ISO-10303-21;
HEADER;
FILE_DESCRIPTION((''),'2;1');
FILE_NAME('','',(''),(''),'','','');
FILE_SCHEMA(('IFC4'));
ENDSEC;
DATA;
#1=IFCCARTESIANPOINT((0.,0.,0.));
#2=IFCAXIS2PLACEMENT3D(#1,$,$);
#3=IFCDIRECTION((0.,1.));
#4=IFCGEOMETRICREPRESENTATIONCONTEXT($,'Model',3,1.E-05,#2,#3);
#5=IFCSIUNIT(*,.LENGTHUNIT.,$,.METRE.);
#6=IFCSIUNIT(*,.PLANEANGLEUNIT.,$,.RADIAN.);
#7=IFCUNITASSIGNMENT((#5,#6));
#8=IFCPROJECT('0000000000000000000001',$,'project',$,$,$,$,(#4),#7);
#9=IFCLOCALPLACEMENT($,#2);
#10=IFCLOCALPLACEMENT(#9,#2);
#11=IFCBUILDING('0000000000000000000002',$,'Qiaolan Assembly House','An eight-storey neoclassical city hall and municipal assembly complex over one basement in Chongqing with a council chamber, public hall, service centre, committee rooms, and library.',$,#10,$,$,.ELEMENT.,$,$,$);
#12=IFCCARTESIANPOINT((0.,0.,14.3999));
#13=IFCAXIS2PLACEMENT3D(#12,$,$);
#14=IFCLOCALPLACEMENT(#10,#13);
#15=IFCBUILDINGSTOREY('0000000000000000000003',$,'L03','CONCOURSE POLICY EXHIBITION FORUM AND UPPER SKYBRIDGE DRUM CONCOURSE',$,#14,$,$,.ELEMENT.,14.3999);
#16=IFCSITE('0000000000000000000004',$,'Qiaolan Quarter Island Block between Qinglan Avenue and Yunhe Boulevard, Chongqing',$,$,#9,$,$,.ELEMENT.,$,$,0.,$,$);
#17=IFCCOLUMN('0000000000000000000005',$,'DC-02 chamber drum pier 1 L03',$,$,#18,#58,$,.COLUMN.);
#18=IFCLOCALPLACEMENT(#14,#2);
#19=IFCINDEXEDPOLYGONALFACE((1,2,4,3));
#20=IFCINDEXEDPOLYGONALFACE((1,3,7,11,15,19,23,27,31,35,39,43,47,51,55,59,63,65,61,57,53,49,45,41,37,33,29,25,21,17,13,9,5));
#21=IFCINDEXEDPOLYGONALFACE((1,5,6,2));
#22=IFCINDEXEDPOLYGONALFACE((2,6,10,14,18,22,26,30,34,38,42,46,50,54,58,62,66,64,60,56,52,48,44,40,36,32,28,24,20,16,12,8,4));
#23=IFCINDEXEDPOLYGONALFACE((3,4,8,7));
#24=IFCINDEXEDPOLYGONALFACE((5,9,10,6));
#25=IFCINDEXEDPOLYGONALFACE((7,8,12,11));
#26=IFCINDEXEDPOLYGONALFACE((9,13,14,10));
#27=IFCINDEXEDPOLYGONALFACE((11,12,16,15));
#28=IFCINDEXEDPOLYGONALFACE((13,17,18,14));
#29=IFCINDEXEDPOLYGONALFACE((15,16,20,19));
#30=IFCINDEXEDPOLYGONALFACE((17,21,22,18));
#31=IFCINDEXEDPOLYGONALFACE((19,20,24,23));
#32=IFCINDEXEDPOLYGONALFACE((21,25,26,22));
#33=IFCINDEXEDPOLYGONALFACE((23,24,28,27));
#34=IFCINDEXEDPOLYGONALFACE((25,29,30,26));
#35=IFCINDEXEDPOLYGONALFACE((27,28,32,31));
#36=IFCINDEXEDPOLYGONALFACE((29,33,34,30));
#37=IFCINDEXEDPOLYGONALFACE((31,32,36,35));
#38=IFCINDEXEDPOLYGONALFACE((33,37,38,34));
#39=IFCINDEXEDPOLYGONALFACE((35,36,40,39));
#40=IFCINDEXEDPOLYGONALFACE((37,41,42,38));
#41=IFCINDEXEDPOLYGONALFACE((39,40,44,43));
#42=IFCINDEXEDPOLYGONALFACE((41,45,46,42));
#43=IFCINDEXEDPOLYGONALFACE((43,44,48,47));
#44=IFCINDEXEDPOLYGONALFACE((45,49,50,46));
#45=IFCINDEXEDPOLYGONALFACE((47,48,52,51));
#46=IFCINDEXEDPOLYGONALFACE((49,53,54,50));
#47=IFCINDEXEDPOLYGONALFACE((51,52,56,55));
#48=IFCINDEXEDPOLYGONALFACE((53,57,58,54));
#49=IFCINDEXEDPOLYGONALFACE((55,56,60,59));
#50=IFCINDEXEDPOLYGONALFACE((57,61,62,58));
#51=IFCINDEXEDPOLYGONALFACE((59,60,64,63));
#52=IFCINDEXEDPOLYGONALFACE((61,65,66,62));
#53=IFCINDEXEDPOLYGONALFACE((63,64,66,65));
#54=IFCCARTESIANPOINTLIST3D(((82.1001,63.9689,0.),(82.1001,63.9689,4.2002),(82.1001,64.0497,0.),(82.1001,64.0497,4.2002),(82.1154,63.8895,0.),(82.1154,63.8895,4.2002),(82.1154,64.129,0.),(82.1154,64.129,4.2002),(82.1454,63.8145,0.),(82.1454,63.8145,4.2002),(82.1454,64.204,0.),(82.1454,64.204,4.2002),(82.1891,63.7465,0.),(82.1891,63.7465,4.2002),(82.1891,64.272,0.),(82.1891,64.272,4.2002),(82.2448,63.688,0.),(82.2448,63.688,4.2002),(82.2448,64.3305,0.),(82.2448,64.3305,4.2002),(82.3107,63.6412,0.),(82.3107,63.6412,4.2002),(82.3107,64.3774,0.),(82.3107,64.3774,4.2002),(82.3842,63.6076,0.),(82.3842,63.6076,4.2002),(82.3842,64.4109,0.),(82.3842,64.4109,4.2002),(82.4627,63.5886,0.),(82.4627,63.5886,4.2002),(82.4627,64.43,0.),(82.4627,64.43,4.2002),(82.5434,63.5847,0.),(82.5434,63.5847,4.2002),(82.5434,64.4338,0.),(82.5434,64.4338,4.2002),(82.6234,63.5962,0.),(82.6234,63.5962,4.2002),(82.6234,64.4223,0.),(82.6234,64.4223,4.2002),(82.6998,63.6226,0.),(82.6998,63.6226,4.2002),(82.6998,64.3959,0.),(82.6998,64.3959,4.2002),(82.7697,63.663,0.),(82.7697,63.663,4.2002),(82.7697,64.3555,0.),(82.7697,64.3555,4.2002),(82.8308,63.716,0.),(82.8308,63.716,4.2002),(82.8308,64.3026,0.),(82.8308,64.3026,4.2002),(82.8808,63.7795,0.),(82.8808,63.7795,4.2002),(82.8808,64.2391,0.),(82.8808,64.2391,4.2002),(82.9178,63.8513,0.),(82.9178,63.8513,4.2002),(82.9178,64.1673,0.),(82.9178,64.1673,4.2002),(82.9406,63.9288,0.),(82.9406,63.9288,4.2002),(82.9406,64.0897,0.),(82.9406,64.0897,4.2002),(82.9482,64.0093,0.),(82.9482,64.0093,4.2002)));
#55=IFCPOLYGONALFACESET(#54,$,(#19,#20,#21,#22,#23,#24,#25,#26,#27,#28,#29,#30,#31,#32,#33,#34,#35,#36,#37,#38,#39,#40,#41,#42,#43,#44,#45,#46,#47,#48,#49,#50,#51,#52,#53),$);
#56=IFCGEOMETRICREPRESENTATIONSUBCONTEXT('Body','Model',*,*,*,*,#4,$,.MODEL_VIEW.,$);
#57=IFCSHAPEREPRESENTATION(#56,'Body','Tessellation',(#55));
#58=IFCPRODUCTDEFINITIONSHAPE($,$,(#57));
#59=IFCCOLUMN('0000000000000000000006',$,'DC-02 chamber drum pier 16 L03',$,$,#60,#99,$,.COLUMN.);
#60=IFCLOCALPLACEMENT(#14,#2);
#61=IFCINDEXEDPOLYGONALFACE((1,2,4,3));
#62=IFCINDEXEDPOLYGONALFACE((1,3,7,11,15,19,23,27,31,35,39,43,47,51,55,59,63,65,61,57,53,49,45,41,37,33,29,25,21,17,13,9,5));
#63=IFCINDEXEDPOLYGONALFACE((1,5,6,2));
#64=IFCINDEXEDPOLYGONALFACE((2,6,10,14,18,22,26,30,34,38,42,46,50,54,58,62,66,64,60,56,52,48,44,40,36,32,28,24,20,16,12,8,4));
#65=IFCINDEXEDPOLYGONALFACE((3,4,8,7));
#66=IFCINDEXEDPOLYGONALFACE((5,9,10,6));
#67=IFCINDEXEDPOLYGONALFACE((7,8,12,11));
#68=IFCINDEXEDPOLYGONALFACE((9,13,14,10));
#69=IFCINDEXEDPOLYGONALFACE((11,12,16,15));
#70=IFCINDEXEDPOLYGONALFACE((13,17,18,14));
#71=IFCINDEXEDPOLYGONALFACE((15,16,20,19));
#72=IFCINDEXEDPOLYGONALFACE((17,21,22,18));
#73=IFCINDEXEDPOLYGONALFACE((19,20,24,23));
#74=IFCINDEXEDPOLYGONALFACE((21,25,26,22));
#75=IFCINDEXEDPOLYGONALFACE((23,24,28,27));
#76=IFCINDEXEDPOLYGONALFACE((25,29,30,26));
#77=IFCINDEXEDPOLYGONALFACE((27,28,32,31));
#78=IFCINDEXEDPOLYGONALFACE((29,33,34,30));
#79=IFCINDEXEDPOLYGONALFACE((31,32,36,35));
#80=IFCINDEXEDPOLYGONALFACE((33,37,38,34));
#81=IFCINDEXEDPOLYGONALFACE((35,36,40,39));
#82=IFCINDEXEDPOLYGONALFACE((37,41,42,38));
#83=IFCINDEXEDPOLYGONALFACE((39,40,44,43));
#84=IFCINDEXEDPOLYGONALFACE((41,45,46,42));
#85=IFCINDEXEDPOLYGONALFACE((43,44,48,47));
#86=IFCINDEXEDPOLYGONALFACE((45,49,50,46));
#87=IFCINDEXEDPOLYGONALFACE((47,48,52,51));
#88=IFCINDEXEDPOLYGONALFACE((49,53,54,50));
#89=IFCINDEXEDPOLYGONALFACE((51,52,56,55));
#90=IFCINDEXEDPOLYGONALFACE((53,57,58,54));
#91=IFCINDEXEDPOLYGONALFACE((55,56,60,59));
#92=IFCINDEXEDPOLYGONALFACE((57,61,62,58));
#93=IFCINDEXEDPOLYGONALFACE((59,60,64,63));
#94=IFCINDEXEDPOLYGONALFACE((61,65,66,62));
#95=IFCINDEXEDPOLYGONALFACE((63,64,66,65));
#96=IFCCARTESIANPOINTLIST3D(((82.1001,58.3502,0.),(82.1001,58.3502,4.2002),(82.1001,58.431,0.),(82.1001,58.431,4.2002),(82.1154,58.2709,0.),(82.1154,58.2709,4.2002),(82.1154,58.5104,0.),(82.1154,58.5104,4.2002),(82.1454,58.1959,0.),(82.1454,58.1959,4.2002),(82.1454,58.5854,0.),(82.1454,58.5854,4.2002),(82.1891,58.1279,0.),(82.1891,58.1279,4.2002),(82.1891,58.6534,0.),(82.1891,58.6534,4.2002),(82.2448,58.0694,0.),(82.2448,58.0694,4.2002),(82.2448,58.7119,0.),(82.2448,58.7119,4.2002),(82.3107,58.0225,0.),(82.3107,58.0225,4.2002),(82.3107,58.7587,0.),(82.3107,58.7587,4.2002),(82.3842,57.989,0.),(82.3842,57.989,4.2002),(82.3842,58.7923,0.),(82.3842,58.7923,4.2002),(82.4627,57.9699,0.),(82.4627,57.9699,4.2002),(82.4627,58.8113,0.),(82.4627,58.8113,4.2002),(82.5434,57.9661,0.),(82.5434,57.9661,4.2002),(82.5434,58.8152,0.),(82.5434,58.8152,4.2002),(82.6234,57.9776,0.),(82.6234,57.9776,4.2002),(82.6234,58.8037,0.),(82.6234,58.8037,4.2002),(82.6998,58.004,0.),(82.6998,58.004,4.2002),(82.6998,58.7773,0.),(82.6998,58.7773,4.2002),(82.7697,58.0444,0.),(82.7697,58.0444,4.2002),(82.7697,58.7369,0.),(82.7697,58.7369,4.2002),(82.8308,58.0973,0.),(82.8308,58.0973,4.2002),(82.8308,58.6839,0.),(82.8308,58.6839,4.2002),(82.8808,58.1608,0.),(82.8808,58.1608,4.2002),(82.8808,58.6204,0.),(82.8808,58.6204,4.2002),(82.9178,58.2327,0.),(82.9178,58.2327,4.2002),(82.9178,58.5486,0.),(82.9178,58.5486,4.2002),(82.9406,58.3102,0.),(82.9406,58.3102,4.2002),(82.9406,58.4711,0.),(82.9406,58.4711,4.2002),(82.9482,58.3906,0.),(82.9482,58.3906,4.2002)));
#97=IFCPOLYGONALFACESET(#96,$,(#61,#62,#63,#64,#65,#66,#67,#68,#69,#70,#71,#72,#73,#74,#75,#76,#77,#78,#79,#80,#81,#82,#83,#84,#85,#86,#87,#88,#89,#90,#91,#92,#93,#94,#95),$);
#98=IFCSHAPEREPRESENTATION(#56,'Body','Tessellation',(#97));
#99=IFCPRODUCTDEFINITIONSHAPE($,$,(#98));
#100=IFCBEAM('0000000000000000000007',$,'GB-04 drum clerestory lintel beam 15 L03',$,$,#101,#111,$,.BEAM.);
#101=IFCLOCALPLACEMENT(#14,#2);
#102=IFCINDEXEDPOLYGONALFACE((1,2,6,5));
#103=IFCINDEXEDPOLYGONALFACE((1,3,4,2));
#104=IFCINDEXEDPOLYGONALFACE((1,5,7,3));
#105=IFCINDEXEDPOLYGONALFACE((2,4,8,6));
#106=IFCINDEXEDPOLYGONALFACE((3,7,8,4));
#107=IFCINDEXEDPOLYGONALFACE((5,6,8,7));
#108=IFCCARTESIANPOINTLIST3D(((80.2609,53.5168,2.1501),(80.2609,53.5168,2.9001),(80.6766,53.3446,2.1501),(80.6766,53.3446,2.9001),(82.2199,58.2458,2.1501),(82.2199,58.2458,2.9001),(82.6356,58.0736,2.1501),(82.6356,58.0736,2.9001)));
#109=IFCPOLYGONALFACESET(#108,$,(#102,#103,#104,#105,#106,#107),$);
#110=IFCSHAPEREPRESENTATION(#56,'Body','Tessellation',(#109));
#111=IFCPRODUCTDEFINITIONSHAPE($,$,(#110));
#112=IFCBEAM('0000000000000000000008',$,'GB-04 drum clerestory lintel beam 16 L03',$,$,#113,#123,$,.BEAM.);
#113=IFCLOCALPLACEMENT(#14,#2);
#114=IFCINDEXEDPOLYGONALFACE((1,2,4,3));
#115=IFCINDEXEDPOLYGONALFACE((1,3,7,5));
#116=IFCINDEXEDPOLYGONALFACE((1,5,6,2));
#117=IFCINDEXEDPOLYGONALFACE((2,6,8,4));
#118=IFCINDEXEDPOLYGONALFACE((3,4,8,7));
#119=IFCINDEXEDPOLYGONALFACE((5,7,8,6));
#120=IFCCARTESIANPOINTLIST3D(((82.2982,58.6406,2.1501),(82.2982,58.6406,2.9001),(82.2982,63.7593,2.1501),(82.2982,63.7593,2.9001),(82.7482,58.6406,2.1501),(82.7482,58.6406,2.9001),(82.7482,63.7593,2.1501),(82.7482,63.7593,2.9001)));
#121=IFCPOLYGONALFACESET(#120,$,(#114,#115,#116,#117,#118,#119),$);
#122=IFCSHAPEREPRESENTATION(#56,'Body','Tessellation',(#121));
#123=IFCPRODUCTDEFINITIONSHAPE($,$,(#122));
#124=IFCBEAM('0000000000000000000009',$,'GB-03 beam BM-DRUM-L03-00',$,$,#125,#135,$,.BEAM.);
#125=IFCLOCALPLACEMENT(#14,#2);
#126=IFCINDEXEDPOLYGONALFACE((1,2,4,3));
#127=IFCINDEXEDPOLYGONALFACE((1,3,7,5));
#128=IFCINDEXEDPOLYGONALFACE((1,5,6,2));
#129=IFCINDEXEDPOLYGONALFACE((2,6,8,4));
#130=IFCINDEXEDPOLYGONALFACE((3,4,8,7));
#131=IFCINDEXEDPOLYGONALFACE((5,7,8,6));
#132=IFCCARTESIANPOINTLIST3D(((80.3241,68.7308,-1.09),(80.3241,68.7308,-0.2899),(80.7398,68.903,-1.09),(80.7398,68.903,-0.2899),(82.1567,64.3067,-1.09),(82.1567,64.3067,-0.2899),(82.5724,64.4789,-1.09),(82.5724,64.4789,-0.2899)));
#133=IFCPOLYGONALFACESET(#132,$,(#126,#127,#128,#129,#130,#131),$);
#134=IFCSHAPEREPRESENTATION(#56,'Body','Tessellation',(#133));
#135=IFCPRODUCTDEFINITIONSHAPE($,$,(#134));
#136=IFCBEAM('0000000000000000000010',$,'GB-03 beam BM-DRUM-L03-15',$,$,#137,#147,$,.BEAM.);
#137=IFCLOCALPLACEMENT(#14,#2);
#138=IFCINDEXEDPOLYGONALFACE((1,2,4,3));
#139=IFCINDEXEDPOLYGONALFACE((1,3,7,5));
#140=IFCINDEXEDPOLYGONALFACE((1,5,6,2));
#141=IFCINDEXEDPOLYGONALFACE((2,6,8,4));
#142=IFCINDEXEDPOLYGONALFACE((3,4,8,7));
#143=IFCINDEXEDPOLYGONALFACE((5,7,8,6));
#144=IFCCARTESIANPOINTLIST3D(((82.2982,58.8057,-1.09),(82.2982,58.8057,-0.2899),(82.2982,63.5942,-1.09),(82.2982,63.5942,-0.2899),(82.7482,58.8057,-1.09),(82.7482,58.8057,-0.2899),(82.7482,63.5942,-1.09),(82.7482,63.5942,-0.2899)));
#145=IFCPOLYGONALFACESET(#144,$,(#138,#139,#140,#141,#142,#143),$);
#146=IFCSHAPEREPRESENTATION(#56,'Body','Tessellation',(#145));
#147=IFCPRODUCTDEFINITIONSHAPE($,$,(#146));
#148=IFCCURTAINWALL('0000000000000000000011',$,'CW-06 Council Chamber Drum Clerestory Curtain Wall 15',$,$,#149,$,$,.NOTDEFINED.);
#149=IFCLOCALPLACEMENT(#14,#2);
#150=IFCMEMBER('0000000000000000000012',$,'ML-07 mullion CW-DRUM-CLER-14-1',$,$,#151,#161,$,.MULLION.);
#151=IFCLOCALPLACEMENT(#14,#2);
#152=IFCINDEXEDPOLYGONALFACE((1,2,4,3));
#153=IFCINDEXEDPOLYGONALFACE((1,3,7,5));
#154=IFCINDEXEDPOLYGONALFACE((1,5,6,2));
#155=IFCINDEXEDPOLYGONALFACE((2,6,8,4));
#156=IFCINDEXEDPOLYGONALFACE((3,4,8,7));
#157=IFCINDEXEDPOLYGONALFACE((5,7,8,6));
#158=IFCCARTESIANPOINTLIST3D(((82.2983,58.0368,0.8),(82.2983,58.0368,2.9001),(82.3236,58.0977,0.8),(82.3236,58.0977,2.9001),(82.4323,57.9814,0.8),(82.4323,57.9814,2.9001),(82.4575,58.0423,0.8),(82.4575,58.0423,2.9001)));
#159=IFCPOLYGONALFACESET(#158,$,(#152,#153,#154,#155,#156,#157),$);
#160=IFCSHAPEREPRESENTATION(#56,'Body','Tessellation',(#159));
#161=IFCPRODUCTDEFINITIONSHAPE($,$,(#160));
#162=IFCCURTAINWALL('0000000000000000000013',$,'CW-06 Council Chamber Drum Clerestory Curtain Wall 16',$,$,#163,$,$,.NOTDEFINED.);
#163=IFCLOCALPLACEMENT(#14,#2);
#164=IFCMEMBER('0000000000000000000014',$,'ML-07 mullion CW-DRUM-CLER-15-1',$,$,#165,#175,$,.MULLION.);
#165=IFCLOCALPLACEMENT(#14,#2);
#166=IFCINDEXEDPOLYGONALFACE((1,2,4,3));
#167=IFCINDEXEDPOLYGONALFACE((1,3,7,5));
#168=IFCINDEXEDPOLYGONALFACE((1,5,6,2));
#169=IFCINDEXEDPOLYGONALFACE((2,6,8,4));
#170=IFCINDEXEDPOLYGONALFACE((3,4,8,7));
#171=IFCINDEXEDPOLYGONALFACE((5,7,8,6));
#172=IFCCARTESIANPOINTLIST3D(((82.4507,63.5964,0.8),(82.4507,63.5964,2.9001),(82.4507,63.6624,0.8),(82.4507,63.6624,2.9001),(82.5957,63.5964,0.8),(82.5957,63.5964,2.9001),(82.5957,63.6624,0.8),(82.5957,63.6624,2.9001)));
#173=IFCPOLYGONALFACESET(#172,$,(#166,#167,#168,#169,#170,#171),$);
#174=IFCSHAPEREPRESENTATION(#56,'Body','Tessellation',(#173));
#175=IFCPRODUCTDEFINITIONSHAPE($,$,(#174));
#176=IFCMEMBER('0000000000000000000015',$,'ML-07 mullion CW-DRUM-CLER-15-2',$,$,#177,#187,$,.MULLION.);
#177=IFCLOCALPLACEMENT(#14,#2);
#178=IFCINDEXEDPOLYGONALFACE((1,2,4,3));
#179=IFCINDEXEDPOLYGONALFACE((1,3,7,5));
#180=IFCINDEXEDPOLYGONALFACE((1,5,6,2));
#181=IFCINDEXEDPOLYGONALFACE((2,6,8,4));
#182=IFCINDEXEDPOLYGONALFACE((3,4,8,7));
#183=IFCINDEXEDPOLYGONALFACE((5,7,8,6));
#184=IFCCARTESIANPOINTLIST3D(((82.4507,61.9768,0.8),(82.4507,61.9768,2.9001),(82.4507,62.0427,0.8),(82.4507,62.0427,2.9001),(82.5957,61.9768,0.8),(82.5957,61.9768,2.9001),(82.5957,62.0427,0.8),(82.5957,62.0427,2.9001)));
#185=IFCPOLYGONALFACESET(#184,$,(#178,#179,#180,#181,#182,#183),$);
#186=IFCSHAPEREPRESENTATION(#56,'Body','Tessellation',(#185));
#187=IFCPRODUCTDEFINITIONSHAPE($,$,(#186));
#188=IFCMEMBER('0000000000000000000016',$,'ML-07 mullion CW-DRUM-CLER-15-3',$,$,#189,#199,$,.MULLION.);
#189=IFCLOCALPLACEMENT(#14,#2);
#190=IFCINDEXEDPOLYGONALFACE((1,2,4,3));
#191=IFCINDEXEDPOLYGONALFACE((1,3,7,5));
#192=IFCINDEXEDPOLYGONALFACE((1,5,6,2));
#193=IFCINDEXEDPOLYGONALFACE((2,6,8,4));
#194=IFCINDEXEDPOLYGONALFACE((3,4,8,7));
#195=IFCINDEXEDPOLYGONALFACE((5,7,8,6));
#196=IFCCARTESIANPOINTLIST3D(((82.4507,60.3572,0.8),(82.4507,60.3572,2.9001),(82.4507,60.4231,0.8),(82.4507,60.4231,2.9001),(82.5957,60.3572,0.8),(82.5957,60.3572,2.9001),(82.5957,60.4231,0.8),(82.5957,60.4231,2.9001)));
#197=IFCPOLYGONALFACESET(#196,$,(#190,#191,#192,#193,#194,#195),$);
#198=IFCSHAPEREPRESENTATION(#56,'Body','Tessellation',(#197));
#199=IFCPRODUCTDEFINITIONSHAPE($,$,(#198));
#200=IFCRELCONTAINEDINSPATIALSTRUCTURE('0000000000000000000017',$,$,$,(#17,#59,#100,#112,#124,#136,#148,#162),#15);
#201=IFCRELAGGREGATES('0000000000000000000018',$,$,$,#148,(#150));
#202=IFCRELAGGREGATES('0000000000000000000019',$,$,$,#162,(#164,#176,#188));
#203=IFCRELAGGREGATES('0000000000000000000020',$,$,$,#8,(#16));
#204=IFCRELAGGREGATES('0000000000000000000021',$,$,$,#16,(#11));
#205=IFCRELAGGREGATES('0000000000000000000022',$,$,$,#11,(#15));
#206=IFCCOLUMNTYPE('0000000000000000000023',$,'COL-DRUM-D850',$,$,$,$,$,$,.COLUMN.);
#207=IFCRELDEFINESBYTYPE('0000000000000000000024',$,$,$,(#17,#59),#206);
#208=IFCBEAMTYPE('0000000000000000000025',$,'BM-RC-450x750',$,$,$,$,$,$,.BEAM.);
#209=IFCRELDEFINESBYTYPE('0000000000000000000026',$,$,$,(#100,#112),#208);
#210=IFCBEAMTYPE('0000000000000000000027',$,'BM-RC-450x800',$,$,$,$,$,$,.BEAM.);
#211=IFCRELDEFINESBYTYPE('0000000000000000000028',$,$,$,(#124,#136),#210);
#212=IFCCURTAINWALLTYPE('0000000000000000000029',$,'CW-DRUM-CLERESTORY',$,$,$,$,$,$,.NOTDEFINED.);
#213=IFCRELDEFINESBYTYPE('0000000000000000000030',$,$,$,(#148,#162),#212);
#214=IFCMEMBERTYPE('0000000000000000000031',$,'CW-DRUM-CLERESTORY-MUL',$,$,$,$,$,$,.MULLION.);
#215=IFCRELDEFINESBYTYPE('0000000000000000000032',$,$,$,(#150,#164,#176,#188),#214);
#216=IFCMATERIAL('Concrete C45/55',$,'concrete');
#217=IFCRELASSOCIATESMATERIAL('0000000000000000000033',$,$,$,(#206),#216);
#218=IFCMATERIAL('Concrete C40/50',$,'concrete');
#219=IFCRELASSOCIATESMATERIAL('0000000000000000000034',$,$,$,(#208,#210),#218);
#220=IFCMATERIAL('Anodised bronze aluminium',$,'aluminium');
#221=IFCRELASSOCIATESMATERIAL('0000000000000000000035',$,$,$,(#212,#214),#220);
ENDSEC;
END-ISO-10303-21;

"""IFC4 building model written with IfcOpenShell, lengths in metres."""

from ifc_helpers import new_model, si_unit, direction, frame, origin, origin_2d, place, context, subcontext, project, spatial, rectangle, circle, extrude, material, material_profile, profile_set, type_object, element, aggregate, save


model = new_model("IFC4")

# Units and contexts
model_context = context("Model", 3, precision=1e-05, world=origin(), true_north=direction((0.0, 1.0)))
body_context = subcontext(model_context, "Body", "Model", "MODEL_VIEW")
ifc_project = project(units=[si_unit("LENGTHUNIT", "METRE"), si_unit("PLANEANGLEUNIT", "RADIAN")], contexts=[model_context])

# Site, building, storey
site_placement = place(None, origin())
site = spatial("IfcSite", under=ifc_project, at=site_placement, Name="Qiaolan Quarter Island Block between Qinglan Avenue and Yunhe Boulevard, Chongqing", CompositionType="ELEMENT", RefElevation=0.0)
building_placement = place(site_placement, origin())
building = spatial("IfcBuilding", under=site, at=building_placement, Name="Qiaolan Assembly House", Description="An eight-storey neoclassical city hall and municipal assembly complex over one basement in Chongqing with a council chamber, public hall, service centre, committee rooms, and library.", CompositionType="ELEMENT")
storey_placement = place(building_placement, frame((0.0, 0.0, 14.3999)))
storey = spatial("IfcBuildingStorey", under=building, at=storey_placement, Name="L03", Description="CONCOURSE POLICY EXHIBITION FORUM AND UPPER SKYBRIDGE DRUM CONCOURSE", CompositionType="ELEMENT", Elevation=14.3999)

# Columns
ifc_material_1 = material(Name="Concrete C45/55", Category="concrete")
ifc_material_profile_1 = material_profile(ifc_material_1, circle(Radius=0.425, at=origin_2d()), Name="CIRC D850")
ifc_profile_set_1 = profile_set([ifc_material_profile_1], Name="Concrete C45/55")
column_type = type_object("IfcColumnType", Name="COL-DRUM-D850", PredefinedType="COLUMN", material=ifc_profile_set_1)
for number, where, z_axis, x_axis, name in (
    (1, (82.5232, 64.0093, 0.0), (0.0, 0.0, 1.0), (1.0, 0.0, 0.0), "DC-02 chamber drum pier 1 L03"),
    (2, (82.5232, 58.3906, 0.0), (0.0, 0.0, 1.0), (1.0, 0.0, 0.0), "DC-02 chamber drum pier 16 L03"),
):
    element("IfcColumn", number, at=place(storey_placement, frame(where, z_axis=z_axis, x_axis=x_axis)), inside=storey, type_object=column_type, Name=name, PredefinedType="COLUMN", context=body_context, shape_type="SweptSolid", body=[
        extrude(circle(Radius=0.425, at=origin_2d()), origin(), (0.0, 0.0, 1.0), 4.2002),
    ])

# Beams
ifc_material_2 = material(Name="Concrete C40/50", Category="concrete")
ifc_material_profile_2 = material_profile(ifc_material_2, rectangle(XDim=0.45, YDim=0.75, at=origin_2d()), Name="RCB 450x750")
ifc_profile_set_2 = profile_set([ifc_material_profile_2], Name="Concrete C40/50")
beam_type_1 = type_object("IfcBeamType", Name="BM-RC-450x750", PredefinedType="BEAM", material=ifc_profile_set_2)
for number, where, z_axis, x_axis, name in (
    (3, (82.4277, 58.1597, 2.5251), (-0.382711, -0.923868, 0.0), (0.923868, -0.382711, 0.0), "GB-04 drum clerestory lintel beam 15 L03"),
    (4, (82.5232, 63.7593, 2.5251), (0.0, -1.0, 0.0), (1.0, 0.0, 0.0), "GB-04 drum clerestory lintel beam 16 L03"),
):
    element("IfcBeam", number, at=place(storey_placement, frame(where, z_axis=z_axis, x_axis=x_axis)), inside=storey, type_object=beam_type_1, Name=name, PredefinedType="BEAM", context=body_context, shape_type="SweptSolid", body=[
        extrude(rectangle(XDim=0.45, YDim=0.75, at=origin_2d()), origin(), (0.0, 0.0, 1.0), 5.1187),
    ])
ifc_material_profile_3 = material_profile(ifc_material_2, rectangle(XDim=0.45, YDim=0.8, at=origin_2d()), Name="RCB 450x800")
ifc_profile_set_3 = profile_set([ifc_material_profile_3], Name="Concrete C40/50")
beam_type_2 = type_object("IfcBeamType", Name="BM-RC-450x800", PredefinedType="BEAM", material=ifc_profile_set_3)
for number, where, z_axis, x_axis, name in (
    (5, (82.3645, 64.3928, -0.6899), (-0.382685, 0.923879, 0.0), (-0.923879, -0.382685, 0.0), "GB-03 beam BM-DRUM-L03-00"),
    (6, (82.5232, 58.8057, -0.6899), (0.0, 1.0, 0.0), (-1.0, 0.0, 0.0), "GB-03 beam BM-DRUM-L03-15"),
):
    element("IfcBeam", number, at=place(storey_placement, frame(where, z_axis=z_axis, x_axis=x_axis)), inside=storey, type_object=beam_type_2, Name=name, PredefinedType="BEAM", context=body_context, shape_type="SweptSolid", body=[
        extrude(rectangle(XDim=0.45, YDim=0.8, at=origin_2d()), origin(), (0.0, 0.0, 1.0), 4.7886),
    ])

# Curtain wall, member
ifc_material_3 = material(Name="Anodised bronze aluminium", Category="aluminium")
curtain_wall_type = type_object("IfcCurtainWallType", Name="CW-DRUM-CLERESTORY", PredefinedType="NOTDEFINED", material=ifc_material_3)
curtain_wall_1_placement = place(storey_placement, origin())
curtain_wall_1 = element("IfcCurtainWall", 7, at=curtain_wall_1_placement, inside=storey, type_object=curtain_wall_type, Name="CW-06 Council Chamber Drum Clerestory Curtain Wall 15", PredefinedType="NOTDEFINED")
ifc_material_profile_4 = material_profile(ifc_material_3, rectangle(XDim=0.0659, YDim=0.145, at=origin_2d()), Name="MUL 66x145")
ifc_profile_set_4 = profile_set([ifc_material_profile_4], Name="Anodised bronze aluminium")
member_type_1 = type_object("IfcMemberType", Name="CW-DRUM-CLERESTORY-MUL", PredefinedType="MULLION", material=ifc_profile_set_4)
member_1_placement = place(storey_placement, frame((82.3779, 58.0396, 0.8), z_axis=(0.0, 0.0, 1.0), x_axis=(-0.382683, -0.92388, 0.0)))
member_1 = element("IfcMember", 8, at=member_1_placement, type_object=member_type_1, Name="ML-07 mullion CW-DRUM-CLER-14-1", PredefinedType="MULLION", context=body_context, shape_type="SweptSolid", body=[
    extrude(rectangle(XDim=0.0659, YDim=0.145, at=origin_2d()), origin(), (0.0, 0.0, 1.0), 2.1001),
])

# Curtain wall, members
curtain_wall_2_placement = place(storey_placement, origin())
curtain_wall_2 = element("IfcCurtainWall", 9, at=curtain_wall_2_placement, inside=storey, type_object=curtain_wall_type, Name="CW-06 Council Chamber Drum Clerestory Curtain Wall 16", PredefinedType="NOTDEFINED")
member_2_placement = place(storey_placement, frame((82.5232, 63.6294, 0.8), z_axis=(0.0, 0.0, 1.0), x_axis=(0.0, -1.0, 0.0)))
member_2 = element("IfcMember", 10, at=member_2_placement, type_object=member_type_1, Name="ML-07 mullion CW-DRUM-CLER-15-1", PredefinedType="MULLION", context=body_context, shape_type="SweptSolid", body=[
    extrude(rectangle(XDim=0.0659, YDim=0.145, at=origin_2d()), origin(), (0.0, 0.0, 1.0), 2.1001),
])
member_3_placement = place(storey_placement, frame((82.5232, 62.0098, 0.8), z_axis=(0.0, 0.0, 1.0), x_axis=(0.0, -1.0, 0.0)))
member_3 = element("IfcMember", 11, at=member_3_placement, type_object=member_type_1, Name="ML-07 mullion CW-DRUM-CLER-15-2", PredefinedType="MULLION", context=body_context, shape_type="SweptSolid", body=[
    extrude(rectangle(XDim=0.0659, YDim=0.145, at=origin_2d()), origin(), (0.0, 0.0, 1.0), 2.1001),
])
member_4_placement = place(storey_placement, frame((82.5232, 60.3901, 0.8), z_axis=(0.0, 0.0, 1.0), x_axis=(0.0, -1.0, 0.0)))
member_4 = element("IfcMember", 12, at=member_4_placement, type_object=member_type_1, Name="ML-07 mullion CW-DRUM-CLER-15-3", PredefinedType="MULLION", context=body_context, shape_type="SweptSolid", body=[
    extrude(rectangle(XDim=0.0659, YDim=0.145, at=origin_2d()), origin(), (0.0, 0.0, 1.0), 2.1001),
])

aggregate(curtain_wall_1, [member_1])
aggregate(curtain_wall_2, [member_2, member_3, member_4])

save(model, "model.ifc")
